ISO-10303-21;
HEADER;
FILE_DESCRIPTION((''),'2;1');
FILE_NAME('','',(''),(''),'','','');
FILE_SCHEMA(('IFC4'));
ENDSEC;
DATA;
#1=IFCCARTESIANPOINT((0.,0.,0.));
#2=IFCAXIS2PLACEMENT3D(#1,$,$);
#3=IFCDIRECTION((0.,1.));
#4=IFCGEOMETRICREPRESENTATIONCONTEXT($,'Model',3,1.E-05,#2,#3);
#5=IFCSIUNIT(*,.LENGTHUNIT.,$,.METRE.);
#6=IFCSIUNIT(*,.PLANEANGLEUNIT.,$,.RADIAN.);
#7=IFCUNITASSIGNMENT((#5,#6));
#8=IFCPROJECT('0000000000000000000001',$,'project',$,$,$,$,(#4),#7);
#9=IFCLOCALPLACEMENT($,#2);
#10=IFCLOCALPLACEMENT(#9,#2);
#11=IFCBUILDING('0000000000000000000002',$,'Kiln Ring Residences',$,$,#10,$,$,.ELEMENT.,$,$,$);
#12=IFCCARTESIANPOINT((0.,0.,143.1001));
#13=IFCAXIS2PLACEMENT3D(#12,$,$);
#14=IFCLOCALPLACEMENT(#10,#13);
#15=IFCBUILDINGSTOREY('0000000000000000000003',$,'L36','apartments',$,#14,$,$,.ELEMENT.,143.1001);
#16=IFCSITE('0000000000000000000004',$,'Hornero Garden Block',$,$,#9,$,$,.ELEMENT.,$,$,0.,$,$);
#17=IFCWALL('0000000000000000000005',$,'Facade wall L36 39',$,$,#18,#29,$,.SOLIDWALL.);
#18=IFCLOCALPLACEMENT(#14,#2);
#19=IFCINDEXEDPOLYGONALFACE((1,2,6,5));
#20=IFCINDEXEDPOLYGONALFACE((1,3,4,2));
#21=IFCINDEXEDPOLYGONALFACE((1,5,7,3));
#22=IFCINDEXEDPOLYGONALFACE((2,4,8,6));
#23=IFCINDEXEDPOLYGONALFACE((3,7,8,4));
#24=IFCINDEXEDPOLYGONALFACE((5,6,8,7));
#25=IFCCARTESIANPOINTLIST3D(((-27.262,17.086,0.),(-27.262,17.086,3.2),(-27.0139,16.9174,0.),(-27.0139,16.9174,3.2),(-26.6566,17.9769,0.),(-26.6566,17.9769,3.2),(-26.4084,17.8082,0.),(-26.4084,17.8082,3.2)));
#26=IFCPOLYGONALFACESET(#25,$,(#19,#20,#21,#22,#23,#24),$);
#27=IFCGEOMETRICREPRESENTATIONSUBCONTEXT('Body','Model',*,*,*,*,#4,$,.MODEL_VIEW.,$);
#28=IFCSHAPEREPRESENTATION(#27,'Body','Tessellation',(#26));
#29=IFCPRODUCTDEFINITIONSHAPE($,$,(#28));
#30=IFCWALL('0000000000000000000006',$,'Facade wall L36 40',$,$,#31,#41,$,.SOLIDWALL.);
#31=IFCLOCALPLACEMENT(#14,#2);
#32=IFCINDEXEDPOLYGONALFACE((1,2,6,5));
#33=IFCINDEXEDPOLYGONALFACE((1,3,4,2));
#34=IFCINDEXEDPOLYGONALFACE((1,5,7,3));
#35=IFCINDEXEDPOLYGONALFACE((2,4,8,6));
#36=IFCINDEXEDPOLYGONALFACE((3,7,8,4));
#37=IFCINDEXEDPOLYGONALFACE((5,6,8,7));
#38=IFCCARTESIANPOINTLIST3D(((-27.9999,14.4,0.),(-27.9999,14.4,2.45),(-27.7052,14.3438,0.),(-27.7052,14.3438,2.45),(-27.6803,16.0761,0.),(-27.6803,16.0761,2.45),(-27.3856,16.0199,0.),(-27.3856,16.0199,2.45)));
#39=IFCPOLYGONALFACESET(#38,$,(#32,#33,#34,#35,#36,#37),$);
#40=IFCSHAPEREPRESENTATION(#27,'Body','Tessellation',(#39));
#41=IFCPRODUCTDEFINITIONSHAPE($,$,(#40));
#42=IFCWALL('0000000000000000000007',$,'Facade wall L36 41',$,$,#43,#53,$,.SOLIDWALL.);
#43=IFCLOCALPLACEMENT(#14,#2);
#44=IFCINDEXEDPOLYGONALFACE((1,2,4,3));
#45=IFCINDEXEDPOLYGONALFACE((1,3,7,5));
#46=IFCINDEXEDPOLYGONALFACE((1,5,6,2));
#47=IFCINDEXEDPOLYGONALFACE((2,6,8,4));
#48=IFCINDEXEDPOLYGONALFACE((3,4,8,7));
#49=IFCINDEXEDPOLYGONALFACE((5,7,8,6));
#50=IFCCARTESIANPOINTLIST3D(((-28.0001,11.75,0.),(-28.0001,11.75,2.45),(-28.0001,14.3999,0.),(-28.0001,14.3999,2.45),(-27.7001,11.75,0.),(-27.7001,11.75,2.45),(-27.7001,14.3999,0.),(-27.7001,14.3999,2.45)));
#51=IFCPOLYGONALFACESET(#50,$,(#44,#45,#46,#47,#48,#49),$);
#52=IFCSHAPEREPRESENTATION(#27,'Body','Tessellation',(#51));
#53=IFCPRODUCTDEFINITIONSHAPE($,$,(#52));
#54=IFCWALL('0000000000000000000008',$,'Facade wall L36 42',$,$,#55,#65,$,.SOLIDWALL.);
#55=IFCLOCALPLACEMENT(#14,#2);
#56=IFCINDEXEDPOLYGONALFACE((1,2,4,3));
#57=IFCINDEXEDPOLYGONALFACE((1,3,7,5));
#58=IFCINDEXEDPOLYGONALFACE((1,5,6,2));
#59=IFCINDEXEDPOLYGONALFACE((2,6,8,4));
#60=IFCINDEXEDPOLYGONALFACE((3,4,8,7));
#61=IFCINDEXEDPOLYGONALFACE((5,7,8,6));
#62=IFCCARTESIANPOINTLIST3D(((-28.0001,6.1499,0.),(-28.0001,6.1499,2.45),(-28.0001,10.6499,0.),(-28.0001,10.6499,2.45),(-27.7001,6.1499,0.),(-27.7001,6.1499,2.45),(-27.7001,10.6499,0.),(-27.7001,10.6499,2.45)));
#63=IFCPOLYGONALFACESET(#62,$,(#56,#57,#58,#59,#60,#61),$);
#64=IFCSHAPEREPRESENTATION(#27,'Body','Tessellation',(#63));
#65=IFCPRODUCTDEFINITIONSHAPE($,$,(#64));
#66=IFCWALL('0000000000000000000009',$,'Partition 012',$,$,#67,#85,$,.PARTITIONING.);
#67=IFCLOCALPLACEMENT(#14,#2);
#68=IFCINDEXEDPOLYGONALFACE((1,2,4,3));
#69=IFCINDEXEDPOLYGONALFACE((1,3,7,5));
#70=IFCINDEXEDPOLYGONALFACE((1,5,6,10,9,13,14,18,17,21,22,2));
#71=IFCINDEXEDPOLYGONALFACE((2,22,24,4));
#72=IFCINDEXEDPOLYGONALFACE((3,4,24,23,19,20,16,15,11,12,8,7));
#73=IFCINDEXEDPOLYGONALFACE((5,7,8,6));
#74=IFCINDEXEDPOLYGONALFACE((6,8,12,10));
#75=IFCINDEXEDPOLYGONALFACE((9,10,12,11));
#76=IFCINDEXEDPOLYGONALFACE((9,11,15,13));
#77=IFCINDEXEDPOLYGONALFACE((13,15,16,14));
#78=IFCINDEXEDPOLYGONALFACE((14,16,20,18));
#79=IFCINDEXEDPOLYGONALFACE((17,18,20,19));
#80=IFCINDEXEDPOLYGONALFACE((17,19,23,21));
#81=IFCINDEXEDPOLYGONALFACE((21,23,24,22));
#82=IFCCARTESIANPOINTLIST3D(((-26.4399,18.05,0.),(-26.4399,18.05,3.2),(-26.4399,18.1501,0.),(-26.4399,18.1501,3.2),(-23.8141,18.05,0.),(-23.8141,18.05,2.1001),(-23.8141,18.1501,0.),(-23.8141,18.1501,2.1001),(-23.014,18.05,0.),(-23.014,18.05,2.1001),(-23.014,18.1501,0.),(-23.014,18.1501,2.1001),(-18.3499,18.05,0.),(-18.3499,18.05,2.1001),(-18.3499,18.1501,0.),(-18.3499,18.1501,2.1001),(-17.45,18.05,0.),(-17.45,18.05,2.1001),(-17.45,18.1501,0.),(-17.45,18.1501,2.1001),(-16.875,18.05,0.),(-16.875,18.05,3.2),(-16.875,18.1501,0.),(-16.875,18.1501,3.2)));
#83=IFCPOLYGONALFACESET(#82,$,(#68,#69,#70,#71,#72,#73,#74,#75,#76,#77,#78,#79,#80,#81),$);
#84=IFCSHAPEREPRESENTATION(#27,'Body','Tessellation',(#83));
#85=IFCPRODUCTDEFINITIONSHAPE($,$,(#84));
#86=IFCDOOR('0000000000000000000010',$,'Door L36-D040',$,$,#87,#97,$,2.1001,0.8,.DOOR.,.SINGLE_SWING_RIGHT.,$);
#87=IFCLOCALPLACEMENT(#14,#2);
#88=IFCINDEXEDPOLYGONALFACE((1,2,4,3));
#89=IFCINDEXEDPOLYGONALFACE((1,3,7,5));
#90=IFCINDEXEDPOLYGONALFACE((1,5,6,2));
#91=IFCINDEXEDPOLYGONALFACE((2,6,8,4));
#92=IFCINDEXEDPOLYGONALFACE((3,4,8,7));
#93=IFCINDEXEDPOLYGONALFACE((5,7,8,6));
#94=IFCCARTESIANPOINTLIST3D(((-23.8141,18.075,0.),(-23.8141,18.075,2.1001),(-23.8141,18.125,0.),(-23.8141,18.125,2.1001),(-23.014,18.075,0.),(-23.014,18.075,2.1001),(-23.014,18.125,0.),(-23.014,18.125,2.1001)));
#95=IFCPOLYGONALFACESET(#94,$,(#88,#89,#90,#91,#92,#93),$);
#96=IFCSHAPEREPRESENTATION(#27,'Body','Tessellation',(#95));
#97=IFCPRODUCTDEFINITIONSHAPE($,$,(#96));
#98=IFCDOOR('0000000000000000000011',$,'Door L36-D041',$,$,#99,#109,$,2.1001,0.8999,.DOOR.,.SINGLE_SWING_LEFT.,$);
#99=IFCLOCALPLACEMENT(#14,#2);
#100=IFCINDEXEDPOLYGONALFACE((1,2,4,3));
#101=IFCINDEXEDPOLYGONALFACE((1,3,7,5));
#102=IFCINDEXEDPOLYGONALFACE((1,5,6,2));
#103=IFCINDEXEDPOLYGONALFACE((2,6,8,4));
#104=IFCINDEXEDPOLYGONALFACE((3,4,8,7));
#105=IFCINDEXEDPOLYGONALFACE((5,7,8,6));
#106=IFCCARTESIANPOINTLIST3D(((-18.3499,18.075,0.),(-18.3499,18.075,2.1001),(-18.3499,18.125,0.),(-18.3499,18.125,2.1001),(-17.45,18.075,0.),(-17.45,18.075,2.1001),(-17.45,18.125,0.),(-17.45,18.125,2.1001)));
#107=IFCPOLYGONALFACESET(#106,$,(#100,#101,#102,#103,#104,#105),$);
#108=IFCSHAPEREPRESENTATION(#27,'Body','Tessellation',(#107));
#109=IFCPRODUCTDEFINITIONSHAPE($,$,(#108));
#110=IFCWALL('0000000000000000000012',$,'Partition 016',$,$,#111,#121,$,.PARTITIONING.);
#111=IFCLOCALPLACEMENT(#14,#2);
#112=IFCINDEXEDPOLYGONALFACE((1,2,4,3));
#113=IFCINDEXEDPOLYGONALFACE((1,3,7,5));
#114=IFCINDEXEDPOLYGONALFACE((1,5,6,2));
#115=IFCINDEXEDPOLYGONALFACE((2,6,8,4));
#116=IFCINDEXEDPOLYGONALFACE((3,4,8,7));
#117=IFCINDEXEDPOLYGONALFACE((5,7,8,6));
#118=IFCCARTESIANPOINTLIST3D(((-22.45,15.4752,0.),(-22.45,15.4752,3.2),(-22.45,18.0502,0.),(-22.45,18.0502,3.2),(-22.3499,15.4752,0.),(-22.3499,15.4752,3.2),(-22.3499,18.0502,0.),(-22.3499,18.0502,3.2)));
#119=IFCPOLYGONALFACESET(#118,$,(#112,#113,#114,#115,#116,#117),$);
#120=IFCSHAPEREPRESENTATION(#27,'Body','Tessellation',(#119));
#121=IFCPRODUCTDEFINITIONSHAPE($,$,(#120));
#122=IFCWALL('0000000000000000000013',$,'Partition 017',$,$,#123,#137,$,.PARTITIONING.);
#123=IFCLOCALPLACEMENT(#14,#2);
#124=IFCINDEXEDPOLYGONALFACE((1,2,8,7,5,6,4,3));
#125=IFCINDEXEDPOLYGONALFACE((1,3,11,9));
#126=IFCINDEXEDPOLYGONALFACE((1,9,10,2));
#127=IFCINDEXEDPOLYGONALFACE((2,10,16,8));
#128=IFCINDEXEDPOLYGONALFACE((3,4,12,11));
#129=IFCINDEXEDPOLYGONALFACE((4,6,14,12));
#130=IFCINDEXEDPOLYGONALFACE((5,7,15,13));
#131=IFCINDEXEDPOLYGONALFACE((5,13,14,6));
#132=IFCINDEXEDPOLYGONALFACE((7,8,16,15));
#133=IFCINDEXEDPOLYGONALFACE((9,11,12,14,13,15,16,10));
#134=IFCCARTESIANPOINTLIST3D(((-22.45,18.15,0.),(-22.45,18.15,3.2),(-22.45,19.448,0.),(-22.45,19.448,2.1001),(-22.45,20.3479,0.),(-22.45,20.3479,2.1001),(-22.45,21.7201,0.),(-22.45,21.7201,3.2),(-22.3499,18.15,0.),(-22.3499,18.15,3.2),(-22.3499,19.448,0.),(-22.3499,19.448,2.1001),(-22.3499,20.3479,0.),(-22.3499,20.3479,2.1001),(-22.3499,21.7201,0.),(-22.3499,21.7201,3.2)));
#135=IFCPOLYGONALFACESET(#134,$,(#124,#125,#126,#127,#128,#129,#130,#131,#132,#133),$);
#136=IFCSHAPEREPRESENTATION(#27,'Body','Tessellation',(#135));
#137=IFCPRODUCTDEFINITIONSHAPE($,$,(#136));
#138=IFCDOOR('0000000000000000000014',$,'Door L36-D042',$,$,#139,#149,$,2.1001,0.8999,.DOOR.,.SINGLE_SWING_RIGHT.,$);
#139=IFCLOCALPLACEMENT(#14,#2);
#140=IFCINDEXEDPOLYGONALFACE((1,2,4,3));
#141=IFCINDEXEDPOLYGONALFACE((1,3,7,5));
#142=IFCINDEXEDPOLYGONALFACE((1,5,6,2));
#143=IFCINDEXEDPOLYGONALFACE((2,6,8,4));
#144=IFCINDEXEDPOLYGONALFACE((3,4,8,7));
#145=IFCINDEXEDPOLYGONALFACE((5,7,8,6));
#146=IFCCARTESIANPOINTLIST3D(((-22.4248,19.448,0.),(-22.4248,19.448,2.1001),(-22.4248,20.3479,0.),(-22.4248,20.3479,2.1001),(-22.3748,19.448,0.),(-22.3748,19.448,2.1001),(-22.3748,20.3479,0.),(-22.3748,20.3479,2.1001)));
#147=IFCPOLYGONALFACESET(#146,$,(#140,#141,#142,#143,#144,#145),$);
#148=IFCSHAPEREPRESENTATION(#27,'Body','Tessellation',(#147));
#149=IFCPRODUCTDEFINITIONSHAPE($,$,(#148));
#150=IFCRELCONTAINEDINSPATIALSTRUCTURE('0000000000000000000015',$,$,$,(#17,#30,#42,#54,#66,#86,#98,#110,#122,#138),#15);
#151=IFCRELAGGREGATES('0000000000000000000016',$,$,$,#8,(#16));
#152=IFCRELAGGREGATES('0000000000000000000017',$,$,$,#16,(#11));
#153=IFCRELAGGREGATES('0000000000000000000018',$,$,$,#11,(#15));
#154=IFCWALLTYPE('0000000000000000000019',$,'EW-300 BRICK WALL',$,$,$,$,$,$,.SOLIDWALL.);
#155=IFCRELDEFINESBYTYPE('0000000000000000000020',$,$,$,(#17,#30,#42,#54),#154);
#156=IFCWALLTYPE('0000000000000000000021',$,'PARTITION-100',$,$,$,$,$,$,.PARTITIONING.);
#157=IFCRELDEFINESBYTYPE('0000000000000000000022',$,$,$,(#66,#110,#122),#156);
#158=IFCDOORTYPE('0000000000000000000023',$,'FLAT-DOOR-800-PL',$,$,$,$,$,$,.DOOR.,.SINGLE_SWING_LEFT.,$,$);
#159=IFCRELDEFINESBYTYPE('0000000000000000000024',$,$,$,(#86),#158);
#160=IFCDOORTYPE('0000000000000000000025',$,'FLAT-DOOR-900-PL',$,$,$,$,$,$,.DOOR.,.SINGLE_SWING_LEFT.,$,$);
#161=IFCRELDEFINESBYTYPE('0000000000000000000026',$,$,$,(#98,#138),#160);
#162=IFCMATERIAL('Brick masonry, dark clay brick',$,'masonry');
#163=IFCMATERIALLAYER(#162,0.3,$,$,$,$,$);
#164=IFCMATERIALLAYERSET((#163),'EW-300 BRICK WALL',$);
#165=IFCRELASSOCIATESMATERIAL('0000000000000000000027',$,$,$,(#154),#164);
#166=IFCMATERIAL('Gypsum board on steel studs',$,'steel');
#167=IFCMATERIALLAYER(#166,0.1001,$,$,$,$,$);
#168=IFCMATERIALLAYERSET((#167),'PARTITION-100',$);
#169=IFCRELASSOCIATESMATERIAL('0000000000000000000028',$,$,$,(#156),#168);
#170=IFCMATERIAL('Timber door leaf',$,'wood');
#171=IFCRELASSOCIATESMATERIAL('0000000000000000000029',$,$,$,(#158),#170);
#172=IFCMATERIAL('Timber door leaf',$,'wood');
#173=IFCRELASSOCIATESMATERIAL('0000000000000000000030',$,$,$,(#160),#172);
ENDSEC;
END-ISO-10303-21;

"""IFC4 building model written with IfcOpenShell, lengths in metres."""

from ifc_helpers import new_model, si_unit, direction, frame, frame_2d, origin, place, context, subcontext, project, spatial, rectangle, extrude, material, layer, layer_set, type_object, element, fill, save


model = new_model("IFC4")

# Units and contexts
model_context = context("Model", 3, precision=1e-05, world=origin(), true_north=direction((0.0, 1.0)))
body_context = subcontext(model_context, "Body", "Model", "MODEL_VIEW")
ifc_project = project(units=[si_unit("LENGTHUNIT", "METRE"), si_unit("PLANEANGLEUNIT", "RADIAN")], contexts=[model_context])

# Site, building, storey
site_placement = place(None, origin())
site = spatial("IfcSite", under=ifc_project, at=site_placement, Name="Hornero Garden Block", CompositionType="ELEMENT", RefElevation=0.0)
building_placement = place(site_placement, origin())
building = spatial("IfcBuilding", under=site, at=building_placement, Name="Kiln Ring Residences", CompositionType="ELEMENT")
storey_placement = place(building_placement, frame((0.0, 0.0, 143.1001)))
storey = spatial("IfcBuildingStorey", under=building, at=storey_placement, Name="L36", Description="apartments", CompositionType="ELEMENT", Elevation=143.1001)

# Shared definitions
ifc_material_1 = material(Name="Brick masonry, dark clay brick", Category="masonry")
ifc_layer_1 = layer(ifc_material_1, 0.3)
ifc_layer_set_1 = layer_set([ifc_layer_1], Name="EW-300 BRICK WALL")
wall_type_1 = type_object("IfcWallType", Name="EW-300 BRICK WALL", PredefinedType="SOLIDWALL", material=ifc_layer_set_1)

# Walls
wall_1_placement = place(storey_placement, frame((-26.5325, 17.8926, 0.0), z_axis=(0.0, 0.0, 1.0), x_axis=(-0.562105, -0.827066, 0.0)))
element("IfcWall", 1, at=wall_1_placement, inside=storey, type_object=wall_type_1, Name="Facade wall L36 39", PredefinedType="SOLIDWALL", context=body_context, shape_type="SweptSolid", body=[
    extrude(rectangle(XDim=1.0771, YDim=0.3, at=frame_2d((0.5386, 0.0))), origin(), (0.0, 0.0, 1.0), 3.2),
])
wall_2_placement = place(storey_placement, frame((-27.533, 16.0479, 0.0), z_axis=(0.0, 0.0, 1.0), x_axis=(-0.187303, -0.982302, 0.0)))
element("IfcWall", 2, at=wall_2_placement, inside=storey, type_object=wall_type_1, Name="Facade wall L36 40", PredefinedType="SOLIDWALL", context=body_context, shape_type="SweptSolid", body=[
    extrude(rectangle(XDim=1.7063, YDim=0.3, at=frame_2d((0.853, 0.0))), origin(), (0.0, 0.0, 1.0), 2.45),
])
wall_3_placement = place(storey_placement, frame((-27.8501, 14.3999, 0.0), z_axis=(0.0, 0.0, 1.0), x_axis=(0.0, -1.0, 0.0)))
element("IfcWall", 3, at=wall_3_placement, inside=storey, type_object=wall_type_1, Name="Facade wall L36 41", PredefinedType="SOLIDWALL", context=body_context, shape_type="SweptSolid", body=[
    extrude(rectangle(XDim=2.6499, YDim=0.3, at=frame_2d((1.325, 0.0))), origin(), (0.0, 0.0, 1.0), 2.45),
])
wall_4_placement = place(storey_placement, frame((-27.8501, 10.6499, 0.0), z_axis=(0.0, 0.0, 1.0), x_axis=(0.0, -1.0, 0.0)))
element("IfcWall", 4, at=wall_4_placement, inside=storey, type_object=wall_type_1, Name="Facade wall L36 42", PredefinedType="SOLIDWALL", context=body_context, shape_type="SweptSolid", body=[
    extrude(rectangle(XDim=4.5, YDim=0.3, at=frame_2d((2.25, 0.0))), origin(), (0.0, 0.0, 1.0), 2.45),
])

# Wall, openings, doors
ifc_material_2 = material(Name="Gypsum board on steel studs", Category="steel")
ifc_layer_2 = layer(ifc_material_2, 0.1001)
ifc_layer_set_2 = layer_set([ifc_layer_2], Name="PARTITION-100")
wall_type_2 = type_object("IfcWallType", Name="PARTITION-100", PredefinedType="PARTITIONING", material=ifc_layer_set_2)
wall_5_placement = place(storey_placement, frame((-26.4399, 18.1001, 0.0), z_axis=(0.0, 0.0, 1.0), x_axis=(1.0, 0.0, 0.0)))
wall_5 = element("IfcWall", 5, at=wall_5_placement, inside=storey, type_object=wall_type_2, Name="Partition 012", PredefinedType="PARTITIONING", context=body_context, shape_type="SweptSolid", body=[
    extrude(rectangle(XDim=9.5649, YDim=0.1001, at=frame_2d((4.7825, 0.0))), origin(), (0.0, 0.0, 1.0), 3.2),
])
opening_1_placement = place(wall_5_placement, frame((2.626, 0.0, 0.0)))
opening_1 = element("IfcOpeningElement", 6, at=opening_1_placement, cuts=wall_5, PredefinedType="OPENING", context=body_context, shape_type="SweptSolid", body=[
    extrude(rectangle(XDim=0.8, YDim=2.1001, at=frame_2d((0.3999, 1.05))), frame((0.0, 0.0601, 0.0), z_axis=(0.0, -1.0, 0.0), x_axis=(1.0, 0.0, 0.0)), (0.0, 0.0, 1.0), 0.1201),
])
opening_2_placement = place(wall_5_placement, frame((8.0901, 0.0, 0.0)))
opening_2 = element("IfcOpeningElement", 7, at=opening_2_placement, cuts=wall_5, PredefinedType="OPENING", context=body_context, shape_type="SweptSolid", body=[
    extrude(rectangle(XDim=0.8999, YDim=2.1001, at=frame_2d((0.45, 1.05))), frame((0.0, 0.0601, 0.0), z_axis=(0.0, -1.0, 0.0), x_axis=(1.0, 0.0, 0.0)), (0.0, 0.0, 1.0), 0.1201),
])
ifc_material_3 = material(Name="Timber door leaf", Category="wood")
door_type_1 = type_object("IfcDoorType", Name="FLAT-DOOR-800-PL", OperationType="SINGLE_SWING_LEFT", PredefinedType="DOOR", material=ifc_material_3)
door_1_placement = place(opening_1_placement, origin())
door_1 = element("IfcDoor", 8, at=door_1_placement, inside=storey, type_object=door_type_1, Name="Door L36-D040", OperationType="SINGLE_SWING_RIGHT", OverallHeight=2.1001, OverallWidth=0.8, PredefinedType="DOOR", context=body_context, shape_type="SweptSolid", body=[
    extrude(rectangle(XDim=0.8, YDim=2.1001, at=frame_2d((0.3999, 1.05))), frame((0.0, 0.0249, 0.0), z_axis=(0.0, -1.0, 0.0), x_axis=(1.0, 0.0, 0.0)), (0.0, 0.0, 1.0), 0.05),
])
fill(opening_1, door_1)
ifc_material_4 = material(Name="Timber door leaf", Category="wood")
door_type_2 = type_object("IfcDoorType", Name="FLAT-DOOR-900-PL", OperationType="SINGLE_SWING_LEFT", PredefinedType="DOOR", material=ifc_material_4)
door_2_placement = place(opening_2_placement, origin())
door_2 = element("IfcDoor", 9, at=door_2_placement, inside=storey, type_object=door_type_2, Name="Door L36-D041", OperationType="SINGLE_SWING_LEFT", OverallHeight=2.1001, OverallWidth=0.8999, PredefinedType="DOOR", context=body_context, shape_type="SweptSolid", body=[
    extrude(rectangle(XDim=0.8999, YDim=2.1001, at=frame_2d((0.45, 1.05))), frame((0.0, 0.0249, 0.0), z_axis=(0.0, -1.0, 0.0), x_axis=(1.0, 0.0, 0.0)), (0.0, 0.0, 1.0), 0.05),
])
fill(opening_2, door_2)

# Wall
wall_6_placement = place(storey_placement, frame((-22.3999, 15.4751, 0.0), z_axis=(0.0, 0.0, 1.0), x_axis=(0.0, 1.0, 0.0)))
element("IfcWall", 10, at=wall_6_placement, inside=storey, type_object=wall_type_2, Name="Partition 016", PredefinedType="PARTITIONING", context=body_context, shape_type="SweptSolid", body=[
    extrude(rectangle(XDim=2.575, YDim=0.1001, at=frame_2d((1.2876, 0.0))), origin(), (0.0, 0.0, 1.0), 3.2),
])

# Wall, opening, door
wall_7_placement = place(storey_placement, frame((-22.3999, 18.1499, 0.0), z_axis=(0.0, 0.0, 1.0), x_axis=(0.0, 1.0, 0.0)))
wall_7 = element("IfcWall", 11, at=wall_7_placement, inside=storey, type_object=wall_type_2, Name="Partition 017", PredefinedType="PARTITIONING", context=body_context, shape_type="SweptSolid", body=[
    extrude(rectangle(XDim=3.5701, YDim=0.1001, at=frame_2d((1.7852, 0.0))), origin(), (0.0, 0.0, 1.0), 3.2),
])
opening_3_placement = place(wall_7_placement, frame((1.2981, 0.0, 0.0)))
opening_3 = element("IfcOpeningElement", 12, at=opening_3_placement, cuts=wall_7, PredefinedType="OPENING", context=body_context, shape_type="SweptSolid", body=[
    extrude(rectangle(XDim=0.8999, YDim=2.1001, at=frame_2d((0.45, 1.05))), frame((0.0, 0.0601, 0.0), z_axis=(0.0, -1.0, 0.0), x_axis=(1.0, 0.0, 0.0)), (0.0, 0.0, 1.0), 0.1201),
])
door_3_placement = place(opening_3_placement, origin())
door_3 = element("IfcDoor", 13, at=door_3_placement, inside=storey, type_object=door_type_2, Name="Door L36-D042", OperationType="SINGLE_SWING_RIGHT", OverallHeight=2.1001, OverallWidth=0.8999, PredefinedType="DOOR", context=body_context, shape_type="SweptSolid", body=[
    extrude(rectangle(XDim=0.8999, YDim=2.1001, at=frame_2d((0.45, 1.05))), frame((0.0, 0.0249, 0.0), z_axis=(0.0, -1.0, 0.0), x_axis=(1.0, 0.0, 0.0)), (0.0, 0.0, 1.0), 0.05),
])
fill(opening_3, door_3)

save(model, "model.ifc")
